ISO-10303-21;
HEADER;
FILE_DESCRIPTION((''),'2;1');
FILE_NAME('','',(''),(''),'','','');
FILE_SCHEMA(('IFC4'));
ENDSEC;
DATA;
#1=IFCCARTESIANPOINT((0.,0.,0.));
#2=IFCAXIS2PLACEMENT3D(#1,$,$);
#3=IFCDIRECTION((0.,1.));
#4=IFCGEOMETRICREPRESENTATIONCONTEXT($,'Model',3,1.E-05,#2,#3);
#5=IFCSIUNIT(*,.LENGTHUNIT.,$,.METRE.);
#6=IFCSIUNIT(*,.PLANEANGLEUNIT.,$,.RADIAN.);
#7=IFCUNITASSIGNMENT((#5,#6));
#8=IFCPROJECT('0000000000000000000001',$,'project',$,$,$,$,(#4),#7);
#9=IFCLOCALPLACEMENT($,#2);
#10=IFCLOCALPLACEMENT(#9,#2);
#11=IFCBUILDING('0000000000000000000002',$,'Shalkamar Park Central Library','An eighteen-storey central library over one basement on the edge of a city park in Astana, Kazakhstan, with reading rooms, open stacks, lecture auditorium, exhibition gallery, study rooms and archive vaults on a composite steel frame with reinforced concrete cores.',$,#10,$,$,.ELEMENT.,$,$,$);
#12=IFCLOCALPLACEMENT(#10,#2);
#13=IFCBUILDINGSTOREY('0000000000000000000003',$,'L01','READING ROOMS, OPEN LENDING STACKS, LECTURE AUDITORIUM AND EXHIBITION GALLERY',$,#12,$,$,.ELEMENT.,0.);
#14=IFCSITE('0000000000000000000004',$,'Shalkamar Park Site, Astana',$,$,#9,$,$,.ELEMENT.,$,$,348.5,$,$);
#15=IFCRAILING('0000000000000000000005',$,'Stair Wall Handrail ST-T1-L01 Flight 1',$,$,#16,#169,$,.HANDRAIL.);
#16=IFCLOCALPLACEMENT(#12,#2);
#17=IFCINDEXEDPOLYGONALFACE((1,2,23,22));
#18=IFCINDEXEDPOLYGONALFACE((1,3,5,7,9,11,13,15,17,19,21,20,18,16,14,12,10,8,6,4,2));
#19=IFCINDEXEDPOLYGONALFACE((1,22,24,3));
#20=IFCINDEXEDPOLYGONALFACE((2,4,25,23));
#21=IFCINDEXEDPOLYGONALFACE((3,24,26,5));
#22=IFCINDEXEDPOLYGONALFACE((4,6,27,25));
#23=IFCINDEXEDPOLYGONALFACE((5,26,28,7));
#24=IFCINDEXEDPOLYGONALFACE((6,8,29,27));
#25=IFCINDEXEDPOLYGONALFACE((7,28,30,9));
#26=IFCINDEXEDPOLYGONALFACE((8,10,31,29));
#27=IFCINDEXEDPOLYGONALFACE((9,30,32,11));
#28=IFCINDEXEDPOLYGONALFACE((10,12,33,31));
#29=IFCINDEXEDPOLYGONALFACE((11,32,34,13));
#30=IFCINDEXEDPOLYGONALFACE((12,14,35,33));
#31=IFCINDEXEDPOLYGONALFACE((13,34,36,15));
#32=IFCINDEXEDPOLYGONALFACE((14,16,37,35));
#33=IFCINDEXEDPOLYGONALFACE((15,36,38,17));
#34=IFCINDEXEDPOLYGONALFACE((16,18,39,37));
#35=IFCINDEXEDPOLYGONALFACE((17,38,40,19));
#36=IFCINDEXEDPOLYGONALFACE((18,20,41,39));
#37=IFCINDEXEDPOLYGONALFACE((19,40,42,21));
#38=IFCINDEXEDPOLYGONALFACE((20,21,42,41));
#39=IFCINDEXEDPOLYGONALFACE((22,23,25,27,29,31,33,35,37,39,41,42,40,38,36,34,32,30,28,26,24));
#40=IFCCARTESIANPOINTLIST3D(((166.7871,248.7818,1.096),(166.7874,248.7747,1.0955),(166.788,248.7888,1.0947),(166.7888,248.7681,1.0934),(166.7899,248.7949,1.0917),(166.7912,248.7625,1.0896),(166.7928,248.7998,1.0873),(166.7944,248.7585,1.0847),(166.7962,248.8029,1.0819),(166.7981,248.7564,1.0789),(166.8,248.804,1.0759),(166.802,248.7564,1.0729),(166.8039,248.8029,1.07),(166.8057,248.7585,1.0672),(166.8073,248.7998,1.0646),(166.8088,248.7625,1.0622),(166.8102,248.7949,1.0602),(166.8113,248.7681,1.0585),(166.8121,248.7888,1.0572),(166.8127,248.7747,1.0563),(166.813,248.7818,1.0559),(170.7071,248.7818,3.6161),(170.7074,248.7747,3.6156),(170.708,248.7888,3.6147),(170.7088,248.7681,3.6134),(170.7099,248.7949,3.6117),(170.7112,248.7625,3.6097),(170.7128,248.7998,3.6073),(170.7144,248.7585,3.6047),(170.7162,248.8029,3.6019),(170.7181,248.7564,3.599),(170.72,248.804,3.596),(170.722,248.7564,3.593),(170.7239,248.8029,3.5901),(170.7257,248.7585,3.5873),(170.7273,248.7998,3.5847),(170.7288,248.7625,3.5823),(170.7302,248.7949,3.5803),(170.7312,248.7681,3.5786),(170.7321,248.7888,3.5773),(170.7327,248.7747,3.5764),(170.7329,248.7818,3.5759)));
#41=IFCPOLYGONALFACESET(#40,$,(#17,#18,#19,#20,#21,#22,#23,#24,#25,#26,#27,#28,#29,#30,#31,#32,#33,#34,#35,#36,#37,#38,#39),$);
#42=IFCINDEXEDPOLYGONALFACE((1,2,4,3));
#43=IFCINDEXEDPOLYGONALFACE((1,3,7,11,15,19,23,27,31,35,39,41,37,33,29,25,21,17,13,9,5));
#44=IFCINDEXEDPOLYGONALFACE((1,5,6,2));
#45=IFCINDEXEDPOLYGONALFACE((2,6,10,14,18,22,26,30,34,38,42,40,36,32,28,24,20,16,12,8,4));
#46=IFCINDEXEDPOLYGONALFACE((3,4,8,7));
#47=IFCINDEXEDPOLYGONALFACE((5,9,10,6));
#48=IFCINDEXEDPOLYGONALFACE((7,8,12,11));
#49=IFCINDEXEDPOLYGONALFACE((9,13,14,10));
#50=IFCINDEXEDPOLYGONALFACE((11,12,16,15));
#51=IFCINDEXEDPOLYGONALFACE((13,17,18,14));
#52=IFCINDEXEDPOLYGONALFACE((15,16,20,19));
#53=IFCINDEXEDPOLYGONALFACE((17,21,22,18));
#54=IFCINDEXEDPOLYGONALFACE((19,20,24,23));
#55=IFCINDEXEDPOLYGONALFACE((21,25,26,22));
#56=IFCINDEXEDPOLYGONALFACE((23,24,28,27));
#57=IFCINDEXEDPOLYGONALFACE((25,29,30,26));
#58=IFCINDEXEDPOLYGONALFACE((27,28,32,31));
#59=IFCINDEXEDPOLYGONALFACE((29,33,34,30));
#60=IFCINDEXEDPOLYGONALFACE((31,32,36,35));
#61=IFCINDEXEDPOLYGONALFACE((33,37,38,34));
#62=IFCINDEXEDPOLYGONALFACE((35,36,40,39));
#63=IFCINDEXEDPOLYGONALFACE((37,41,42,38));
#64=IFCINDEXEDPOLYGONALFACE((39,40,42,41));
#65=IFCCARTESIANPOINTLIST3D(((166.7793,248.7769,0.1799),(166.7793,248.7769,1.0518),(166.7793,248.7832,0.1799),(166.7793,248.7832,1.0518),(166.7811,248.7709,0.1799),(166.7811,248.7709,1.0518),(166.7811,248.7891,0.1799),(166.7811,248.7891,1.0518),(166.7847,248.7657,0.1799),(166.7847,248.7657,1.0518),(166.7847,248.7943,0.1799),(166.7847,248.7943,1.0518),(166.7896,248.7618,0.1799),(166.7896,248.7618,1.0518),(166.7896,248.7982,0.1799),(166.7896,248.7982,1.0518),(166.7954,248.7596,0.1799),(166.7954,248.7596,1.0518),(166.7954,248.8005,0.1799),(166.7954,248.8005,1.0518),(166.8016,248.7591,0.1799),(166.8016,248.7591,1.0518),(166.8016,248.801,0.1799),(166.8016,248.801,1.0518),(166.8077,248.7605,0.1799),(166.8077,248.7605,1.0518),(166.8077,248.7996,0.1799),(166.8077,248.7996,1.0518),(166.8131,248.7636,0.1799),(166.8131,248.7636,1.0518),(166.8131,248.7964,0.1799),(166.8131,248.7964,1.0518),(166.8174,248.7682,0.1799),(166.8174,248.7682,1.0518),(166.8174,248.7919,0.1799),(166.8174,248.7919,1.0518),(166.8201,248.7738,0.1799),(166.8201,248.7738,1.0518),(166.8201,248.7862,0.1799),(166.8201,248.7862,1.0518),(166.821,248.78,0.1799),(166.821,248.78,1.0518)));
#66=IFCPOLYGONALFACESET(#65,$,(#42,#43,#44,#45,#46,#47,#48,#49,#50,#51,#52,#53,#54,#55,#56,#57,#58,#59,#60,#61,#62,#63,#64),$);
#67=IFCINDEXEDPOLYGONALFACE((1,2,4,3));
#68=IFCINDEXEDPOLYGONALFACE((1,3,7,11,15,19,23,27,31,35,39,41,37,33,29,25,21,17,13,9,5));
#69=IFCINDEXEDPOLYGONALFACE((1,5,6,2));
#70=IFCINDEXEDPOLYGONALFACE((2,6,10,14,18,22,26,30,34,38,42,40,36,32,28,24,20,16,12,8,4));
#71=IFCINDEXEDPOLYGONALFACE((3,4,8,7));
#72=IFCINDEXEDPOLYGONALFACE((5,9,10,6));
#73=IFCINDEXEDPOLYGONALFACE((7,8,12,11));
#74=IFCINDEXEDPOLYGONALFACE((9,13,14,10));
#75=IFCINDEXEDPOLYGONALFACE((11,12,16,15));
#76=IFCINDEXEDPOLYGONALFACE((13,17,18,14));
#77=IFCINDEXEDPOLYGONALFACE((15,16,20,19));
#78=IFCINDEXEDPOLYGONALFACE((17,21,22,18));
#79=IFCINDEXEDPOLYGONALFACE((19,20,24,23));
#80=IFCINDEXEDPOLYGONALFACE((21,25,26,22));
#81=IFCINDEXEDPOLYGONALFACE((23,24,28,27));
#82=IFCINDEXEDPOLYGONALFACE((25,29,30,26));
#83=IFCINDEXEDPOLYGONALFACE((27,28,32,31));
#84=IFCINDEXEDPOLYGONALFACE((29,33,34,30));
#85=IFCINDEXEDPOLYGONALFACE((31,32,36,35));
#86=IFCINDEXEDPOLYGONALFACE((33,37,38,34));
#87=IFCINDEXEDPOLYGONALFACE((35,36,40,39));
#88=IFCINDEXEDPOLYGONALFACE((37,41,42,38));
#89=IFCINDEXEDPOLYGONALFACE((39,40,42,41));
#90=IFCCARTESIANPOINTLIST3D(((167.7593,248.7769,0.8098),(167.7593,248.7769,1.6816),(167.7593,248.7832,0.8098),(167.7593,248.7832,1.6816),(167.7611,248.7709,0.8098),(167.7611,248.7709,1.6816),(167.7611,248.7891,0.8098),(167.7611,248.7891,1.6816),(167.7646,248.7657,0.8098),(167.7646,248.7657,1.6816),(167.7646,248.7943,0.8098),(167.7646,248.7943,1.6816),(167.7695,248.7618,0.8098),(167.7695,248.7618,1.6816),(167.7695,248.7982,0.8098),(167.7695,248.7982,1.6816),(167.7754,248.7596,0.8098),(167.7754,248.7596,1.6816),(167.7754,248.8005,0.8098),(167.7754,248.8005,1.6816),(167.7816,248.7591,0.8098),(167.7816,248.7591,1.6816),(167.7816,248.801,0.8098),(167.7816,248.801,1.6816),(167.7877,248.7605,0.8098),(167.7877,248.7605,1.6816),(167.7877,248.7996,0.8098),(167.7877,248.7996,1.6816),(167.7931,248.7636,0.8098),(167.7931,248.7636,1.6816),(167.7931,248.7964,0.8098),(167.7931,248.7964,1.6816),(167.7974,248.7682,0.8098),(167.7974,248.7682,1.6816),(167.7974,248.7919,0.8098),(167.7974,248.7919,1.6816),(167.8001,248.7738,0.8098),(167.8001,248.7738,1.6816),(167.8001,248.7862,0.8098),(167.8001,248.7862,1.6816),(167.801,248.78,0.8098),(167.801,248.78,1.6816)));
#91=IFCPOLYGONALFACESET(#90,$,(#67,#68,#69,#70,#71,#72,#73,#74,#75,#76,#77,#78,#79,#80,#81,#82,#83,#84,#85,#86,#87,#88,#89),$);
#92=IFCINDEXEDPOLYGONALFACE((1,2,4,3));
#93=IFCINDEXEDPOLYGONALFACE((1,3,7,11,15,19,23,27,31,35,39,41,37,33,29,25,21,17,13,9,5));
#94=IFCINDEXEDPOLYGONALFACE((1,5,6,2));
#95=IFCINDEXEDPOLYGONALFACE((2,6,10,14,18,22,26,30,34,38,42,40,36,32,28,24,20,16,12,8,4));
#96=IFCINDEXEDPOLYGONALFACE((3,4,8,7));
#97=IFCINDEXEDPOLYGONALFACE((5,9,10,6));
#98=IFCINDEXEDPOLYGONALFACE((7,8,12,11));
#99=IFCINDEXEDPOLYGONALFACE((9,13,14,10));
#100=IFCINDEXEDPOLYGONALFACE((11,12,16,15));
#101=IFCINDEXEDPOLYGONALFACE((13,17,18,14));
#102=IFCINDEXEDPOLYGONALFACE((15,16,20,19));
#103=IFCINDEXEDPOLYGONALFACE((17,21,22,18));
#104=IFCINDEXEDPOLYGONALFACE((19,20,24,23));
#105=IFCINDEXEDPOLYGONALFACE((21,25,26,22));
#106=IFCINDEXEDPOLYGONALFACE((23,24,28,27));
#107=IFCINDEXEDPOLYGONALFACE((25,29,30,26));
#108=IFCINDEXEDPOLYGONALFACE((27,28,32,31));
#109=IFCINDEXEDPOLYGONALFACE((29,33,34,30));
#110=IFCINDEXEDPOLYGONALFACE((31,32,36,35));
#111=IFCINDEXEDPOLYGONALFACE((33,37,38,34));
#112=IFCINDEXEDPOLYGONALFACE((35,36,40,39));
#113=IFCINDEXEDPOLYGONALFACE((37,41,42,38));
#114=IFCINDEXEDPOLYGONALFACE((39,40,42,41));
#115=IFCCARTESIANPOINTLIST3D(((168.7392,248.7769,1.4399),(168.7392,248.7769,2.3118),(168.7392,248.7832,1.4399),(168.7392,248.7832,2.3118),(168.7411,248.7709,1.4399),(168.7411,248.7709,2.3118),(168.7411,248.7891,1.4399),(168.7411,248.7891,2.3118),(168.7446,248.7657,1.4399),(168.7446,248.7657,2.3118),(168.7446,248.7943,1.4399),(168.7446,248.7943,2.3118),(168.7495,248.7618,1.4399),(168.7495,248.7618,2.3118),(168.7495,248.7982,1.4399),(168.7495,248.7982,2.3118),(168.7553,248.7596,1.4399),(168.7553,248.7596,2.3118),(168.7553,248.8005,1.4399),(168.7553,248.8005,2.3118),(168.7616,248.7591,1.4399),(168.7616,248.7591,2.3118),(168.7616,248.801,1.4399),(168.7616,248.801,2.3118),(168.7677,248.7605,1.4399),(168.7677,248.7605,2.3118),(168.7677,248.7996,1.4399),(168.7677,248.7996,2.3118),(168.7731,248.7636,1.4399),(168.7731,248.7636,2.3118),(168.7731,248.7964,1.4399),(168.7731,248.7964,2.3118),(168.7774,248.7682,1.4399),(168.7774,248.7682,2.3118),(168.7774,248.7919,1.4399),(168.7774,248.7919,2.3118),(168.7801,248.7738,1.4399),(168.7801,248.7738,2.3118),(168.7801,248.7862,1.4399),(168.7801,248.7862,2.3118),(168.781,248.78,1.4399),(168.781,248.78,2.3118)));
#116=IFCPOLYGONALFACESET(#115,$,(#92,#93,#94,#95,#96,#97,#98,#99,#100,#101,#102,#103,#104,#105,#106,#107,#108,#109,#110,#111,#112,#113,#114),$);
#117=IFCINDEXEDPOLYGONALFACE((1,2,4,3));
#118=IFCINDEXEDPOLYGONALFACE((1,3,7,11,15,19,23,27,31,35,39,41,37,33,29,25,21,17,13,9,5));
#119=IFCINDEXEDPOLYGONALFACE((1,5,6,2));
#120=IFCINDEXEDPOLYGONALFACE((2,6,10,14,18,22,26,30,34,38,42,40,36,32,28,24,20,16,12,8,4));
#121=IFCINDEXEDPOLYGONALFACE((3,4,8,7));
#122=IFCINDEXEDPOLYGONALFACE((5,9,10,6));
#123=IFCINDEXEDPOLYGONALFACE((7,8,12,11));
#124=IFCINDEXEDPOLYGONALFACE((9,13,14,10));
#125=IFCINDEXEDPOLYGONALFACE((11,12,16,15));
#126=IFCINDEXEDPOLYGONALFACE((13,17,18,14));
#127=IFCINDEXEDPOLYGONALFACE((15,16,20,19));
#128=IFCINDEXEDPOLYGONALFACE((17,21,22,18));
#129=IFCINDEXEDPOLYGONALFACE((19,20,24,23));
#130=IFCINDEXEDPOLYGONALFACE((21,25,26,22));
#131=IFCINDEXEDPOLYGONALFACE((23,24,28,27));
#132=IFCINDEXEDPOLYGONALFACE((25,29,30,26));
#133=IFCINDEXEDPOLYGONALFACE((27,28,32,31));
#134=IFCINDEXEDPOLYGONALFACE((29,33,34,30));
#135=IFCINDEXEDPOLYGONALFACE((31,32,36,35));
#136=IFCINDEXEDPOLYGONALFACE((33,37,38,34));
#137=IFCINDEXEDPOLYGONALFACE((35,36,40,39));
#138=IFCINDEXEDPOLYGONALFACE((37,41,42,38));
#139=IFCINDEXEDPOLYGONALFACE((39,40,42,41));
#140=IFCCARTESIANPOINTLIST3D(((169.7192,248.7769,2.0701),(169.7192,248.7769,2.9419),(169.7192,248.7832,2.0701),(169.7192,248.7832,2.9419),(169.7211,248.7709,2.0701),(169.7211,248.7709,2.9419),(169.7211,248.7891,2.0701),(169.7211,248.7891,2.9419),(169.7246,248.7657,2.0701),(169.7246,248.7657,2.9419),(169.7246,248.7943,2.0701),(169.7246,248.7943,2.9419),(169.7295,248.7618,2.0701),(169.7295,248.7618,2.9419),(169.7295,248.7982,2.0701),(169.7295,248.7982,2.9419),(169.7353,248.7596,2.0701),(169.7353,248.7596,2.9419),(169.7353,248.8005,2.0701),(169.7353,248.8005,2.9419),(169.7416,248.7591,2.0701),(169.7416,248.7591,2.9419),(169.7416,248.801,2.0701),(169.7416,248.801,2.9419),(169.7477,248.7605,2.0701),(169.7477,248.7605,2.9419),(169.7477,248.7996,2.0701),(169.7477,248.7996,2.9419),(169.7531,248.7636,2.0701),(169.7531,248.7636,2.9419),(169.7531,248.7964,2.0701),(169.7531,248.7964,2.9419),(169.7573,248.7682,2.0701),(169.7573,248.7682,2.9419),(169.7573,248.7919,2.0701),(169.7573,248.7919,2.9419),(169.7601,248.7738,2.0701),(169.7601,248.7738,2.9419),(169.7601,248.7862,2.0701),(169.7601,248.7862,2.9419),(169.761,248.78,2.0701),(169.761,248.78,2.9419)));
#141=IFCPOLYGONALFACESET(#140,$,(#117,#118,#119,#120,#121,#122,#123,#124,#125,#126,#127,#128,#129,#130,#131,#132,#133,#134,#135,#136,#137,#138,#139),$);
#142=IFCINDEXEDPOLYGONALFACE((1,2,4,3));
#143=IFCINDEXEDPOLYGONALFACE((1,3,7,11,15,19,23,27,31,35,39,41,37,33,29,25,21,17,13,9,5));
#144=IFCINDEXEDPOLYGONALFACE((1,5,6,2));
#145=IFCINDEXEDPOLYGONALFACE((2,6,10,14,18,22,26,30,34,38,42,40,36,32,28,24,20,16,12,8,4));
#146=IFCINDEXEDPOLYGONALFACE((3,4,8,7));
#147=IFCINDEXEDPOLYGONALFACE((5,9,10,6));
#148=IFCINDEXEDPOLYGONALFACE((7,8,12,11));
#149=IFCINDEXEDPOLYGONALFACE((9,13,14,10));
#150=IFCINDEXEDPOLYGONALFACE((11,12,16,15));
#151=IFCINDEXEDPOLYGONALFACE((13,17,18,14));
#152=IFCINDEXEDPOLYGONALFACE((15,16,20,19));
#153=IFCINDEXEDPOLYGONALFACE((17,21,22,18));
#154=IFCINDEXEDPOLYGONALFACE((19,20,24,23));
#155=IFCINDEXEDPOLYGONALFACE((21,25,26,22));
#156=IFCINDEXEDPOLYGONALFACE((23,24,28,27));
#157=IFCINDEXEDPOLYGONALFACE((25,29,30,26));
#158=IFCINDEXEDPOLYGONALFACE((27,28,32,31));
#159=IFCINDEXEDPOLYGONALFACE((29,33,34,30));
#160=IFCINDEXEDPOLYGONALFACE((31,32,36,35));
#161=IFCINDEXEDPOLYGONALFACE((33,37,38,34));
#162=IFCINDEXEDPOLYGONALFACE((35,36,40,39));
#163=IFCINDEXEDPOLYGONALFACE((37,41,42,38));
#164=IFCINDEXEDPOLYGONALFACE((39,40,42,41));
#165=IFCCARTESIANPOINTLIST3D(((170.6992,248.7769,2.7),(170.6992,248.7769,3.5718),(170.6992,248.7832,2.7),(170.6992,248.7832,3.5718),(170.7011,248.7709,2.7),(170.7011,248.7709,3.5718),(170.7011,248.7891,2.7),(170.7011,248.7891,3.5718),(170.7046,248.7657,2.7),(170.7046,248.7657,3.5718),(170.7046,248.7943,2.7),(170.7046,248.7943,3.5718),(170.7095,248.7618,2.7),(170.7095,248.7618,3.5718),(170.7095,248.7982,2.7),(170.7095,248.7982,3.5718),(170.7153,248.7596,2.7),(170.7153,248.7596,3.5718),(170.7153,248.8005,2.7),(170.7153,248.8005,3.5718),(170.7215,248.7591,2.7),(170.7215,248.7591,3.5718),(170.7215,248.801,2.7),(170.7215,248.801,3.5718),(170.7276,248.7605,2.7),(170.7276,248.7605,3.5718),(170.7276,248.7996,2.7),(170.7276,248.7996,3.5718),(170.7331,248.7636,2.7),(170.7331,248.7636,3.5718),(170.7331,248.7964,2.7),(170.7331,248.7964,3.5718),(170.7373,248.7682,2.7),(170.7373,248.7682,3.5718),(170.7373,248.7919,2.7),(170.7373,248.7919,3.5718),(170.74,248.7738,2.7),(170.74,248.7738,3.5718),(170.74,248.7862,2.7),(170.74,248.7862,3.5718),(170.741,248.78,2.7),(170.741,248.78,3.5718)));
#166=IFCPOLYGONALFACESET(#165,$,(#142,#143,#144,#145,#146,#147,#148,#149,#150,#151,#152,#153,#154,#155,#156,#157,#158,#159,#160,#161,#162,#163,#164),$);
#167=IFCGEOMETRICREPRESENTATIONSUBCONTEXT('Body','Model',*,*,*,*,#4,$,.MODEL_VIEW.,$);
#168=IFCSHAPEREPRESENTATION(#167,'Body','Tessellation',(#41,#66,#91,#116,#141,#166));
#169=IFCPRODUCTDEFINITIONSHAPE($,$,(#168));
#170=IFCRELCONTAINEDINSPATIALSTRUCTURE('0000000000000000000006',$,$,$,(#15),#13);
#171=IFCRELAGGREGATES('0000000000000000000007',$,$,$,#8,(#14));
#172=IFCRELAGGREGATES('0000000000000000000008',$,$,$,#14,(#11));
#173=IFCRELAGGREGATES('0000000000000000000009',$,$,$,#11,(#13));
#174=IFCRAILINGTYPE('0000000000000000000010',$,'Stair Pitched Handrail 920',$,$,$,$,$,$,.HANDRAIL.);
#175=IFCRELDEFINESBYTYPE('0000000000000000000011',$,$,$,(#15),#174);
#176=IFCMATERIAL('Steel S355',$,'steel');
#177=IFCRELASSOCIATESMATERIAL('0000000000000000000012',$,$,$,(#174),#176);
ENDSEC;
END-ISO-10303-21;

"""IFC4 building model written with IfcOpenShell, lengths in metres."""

from ifc_helpers import new_model, si_unit, direction, frame, origin, origin_2d, place, context, subcontext, project, spatial, circle, extrude, material, type_object, element, save


model = new_model("IFC4")

# Units and contexts
model_context = context("Model", 3, precision=1e-05, world=origin(), true_north=direction((0.0, 1.0)))
body_context = subcontext(model_context, "Body", "Model", "MODEL_VIEW")
ifc_project = project(units=[si_unit("LENGTHUNIT", "METRE"), si_unit("PLANEANGLEUNIT", "RADIAN")], contexts=[model_context])

# Site, building, storey
site_placement = place(None, origin())
site = spatial("IfcSite", under=ifc_project, at=site_placement, Name="Shalkamar Park Site, Astana", CompositionType="ELEMENT", RefElevation=348.5)
building_placement = place(site_placement, origin())
building = spatial("IfcBuilding", under=site, at=building_placement, Name="Shalkamar Park Central Library", Description="An eighteen-storey central library over one basement on the edge of a city park in Astana, Kazakhstan, with reading rooms, open stacks, lecture auditorium, exhibition gallery, study rooms and archive vaults on a composite steel frame with reinforced concrete cores.", CompositionType="ELEMENT")
storey_placement = place(building_placement, origin())
storey = spatial("IfcBuildingStorey", under=building, at=storey_placement, Name="L01", Description="READING ROOMS, OPEN LENDING STACKS, LECTURE AUDITORIUM AND EXHIBITION GALLERY", CompositionType="ELEMENT", Elevation=0.0)

# Shared definitions
ifc_material_1 = material(Name="Steel S355", Category="steel")

# Railing
railing_type_1 = type_object("IfcRailingType", Name="Stair Pitched Handrail 920", PredefinedType="HANDRAIL", material=ifc_material_1)
railing_1_placement = place(storey_placement, frame((166.8, 248.78, 0.1799)))
element("IfcRailing", 1, at=railing_1_placement, inside=storey, type_object=railing_type_1, Name="Stair Wall Handrail ST-T1-L01 Flight 1", PredefinedType="HANDRAIL", context=body_context, shape_type="SweptSolid", body=[
    extrude(circle(Radius=0.0239, at=origin_2d()), frame((0.0, 0.0, 0.896), z_axis=(0.841172, 0.0, 0.540768), x_axis=(0.0, 1.0, 0.0)), (0.0, 0.0, 1.0), 4.6602),
    extrude(circle(Radius=0.021, at=origin_2d()), origin(), (0.0, 0.0, 1.0), 0.8718),
    extrude(circle(Radius=0.021, at=origin_2d()), frame((0.98, 0.0, 0.6299)), (0.0, 0.0, 1.0), 0.8718),
    extrude(circle(Radius=0.021, at=origin_2d()), frame((1.96, 0.0, 1.26)), (0.0, 0.0, 1.0), 0.8718),
    extrude(circle(Radius=0.021, at=origin_2d()), frame((2.9399, 0.0, 1.8901)), (0.0, 0.0, 1.0), 0.8718),
    extrude(circle(Radius=0.021, at=origin_2d()), frame((3.9199, 0.0, 2.52)), (0.0, 0.0, 1.0), 0.8718),
])

save(model, "model.ifc")
